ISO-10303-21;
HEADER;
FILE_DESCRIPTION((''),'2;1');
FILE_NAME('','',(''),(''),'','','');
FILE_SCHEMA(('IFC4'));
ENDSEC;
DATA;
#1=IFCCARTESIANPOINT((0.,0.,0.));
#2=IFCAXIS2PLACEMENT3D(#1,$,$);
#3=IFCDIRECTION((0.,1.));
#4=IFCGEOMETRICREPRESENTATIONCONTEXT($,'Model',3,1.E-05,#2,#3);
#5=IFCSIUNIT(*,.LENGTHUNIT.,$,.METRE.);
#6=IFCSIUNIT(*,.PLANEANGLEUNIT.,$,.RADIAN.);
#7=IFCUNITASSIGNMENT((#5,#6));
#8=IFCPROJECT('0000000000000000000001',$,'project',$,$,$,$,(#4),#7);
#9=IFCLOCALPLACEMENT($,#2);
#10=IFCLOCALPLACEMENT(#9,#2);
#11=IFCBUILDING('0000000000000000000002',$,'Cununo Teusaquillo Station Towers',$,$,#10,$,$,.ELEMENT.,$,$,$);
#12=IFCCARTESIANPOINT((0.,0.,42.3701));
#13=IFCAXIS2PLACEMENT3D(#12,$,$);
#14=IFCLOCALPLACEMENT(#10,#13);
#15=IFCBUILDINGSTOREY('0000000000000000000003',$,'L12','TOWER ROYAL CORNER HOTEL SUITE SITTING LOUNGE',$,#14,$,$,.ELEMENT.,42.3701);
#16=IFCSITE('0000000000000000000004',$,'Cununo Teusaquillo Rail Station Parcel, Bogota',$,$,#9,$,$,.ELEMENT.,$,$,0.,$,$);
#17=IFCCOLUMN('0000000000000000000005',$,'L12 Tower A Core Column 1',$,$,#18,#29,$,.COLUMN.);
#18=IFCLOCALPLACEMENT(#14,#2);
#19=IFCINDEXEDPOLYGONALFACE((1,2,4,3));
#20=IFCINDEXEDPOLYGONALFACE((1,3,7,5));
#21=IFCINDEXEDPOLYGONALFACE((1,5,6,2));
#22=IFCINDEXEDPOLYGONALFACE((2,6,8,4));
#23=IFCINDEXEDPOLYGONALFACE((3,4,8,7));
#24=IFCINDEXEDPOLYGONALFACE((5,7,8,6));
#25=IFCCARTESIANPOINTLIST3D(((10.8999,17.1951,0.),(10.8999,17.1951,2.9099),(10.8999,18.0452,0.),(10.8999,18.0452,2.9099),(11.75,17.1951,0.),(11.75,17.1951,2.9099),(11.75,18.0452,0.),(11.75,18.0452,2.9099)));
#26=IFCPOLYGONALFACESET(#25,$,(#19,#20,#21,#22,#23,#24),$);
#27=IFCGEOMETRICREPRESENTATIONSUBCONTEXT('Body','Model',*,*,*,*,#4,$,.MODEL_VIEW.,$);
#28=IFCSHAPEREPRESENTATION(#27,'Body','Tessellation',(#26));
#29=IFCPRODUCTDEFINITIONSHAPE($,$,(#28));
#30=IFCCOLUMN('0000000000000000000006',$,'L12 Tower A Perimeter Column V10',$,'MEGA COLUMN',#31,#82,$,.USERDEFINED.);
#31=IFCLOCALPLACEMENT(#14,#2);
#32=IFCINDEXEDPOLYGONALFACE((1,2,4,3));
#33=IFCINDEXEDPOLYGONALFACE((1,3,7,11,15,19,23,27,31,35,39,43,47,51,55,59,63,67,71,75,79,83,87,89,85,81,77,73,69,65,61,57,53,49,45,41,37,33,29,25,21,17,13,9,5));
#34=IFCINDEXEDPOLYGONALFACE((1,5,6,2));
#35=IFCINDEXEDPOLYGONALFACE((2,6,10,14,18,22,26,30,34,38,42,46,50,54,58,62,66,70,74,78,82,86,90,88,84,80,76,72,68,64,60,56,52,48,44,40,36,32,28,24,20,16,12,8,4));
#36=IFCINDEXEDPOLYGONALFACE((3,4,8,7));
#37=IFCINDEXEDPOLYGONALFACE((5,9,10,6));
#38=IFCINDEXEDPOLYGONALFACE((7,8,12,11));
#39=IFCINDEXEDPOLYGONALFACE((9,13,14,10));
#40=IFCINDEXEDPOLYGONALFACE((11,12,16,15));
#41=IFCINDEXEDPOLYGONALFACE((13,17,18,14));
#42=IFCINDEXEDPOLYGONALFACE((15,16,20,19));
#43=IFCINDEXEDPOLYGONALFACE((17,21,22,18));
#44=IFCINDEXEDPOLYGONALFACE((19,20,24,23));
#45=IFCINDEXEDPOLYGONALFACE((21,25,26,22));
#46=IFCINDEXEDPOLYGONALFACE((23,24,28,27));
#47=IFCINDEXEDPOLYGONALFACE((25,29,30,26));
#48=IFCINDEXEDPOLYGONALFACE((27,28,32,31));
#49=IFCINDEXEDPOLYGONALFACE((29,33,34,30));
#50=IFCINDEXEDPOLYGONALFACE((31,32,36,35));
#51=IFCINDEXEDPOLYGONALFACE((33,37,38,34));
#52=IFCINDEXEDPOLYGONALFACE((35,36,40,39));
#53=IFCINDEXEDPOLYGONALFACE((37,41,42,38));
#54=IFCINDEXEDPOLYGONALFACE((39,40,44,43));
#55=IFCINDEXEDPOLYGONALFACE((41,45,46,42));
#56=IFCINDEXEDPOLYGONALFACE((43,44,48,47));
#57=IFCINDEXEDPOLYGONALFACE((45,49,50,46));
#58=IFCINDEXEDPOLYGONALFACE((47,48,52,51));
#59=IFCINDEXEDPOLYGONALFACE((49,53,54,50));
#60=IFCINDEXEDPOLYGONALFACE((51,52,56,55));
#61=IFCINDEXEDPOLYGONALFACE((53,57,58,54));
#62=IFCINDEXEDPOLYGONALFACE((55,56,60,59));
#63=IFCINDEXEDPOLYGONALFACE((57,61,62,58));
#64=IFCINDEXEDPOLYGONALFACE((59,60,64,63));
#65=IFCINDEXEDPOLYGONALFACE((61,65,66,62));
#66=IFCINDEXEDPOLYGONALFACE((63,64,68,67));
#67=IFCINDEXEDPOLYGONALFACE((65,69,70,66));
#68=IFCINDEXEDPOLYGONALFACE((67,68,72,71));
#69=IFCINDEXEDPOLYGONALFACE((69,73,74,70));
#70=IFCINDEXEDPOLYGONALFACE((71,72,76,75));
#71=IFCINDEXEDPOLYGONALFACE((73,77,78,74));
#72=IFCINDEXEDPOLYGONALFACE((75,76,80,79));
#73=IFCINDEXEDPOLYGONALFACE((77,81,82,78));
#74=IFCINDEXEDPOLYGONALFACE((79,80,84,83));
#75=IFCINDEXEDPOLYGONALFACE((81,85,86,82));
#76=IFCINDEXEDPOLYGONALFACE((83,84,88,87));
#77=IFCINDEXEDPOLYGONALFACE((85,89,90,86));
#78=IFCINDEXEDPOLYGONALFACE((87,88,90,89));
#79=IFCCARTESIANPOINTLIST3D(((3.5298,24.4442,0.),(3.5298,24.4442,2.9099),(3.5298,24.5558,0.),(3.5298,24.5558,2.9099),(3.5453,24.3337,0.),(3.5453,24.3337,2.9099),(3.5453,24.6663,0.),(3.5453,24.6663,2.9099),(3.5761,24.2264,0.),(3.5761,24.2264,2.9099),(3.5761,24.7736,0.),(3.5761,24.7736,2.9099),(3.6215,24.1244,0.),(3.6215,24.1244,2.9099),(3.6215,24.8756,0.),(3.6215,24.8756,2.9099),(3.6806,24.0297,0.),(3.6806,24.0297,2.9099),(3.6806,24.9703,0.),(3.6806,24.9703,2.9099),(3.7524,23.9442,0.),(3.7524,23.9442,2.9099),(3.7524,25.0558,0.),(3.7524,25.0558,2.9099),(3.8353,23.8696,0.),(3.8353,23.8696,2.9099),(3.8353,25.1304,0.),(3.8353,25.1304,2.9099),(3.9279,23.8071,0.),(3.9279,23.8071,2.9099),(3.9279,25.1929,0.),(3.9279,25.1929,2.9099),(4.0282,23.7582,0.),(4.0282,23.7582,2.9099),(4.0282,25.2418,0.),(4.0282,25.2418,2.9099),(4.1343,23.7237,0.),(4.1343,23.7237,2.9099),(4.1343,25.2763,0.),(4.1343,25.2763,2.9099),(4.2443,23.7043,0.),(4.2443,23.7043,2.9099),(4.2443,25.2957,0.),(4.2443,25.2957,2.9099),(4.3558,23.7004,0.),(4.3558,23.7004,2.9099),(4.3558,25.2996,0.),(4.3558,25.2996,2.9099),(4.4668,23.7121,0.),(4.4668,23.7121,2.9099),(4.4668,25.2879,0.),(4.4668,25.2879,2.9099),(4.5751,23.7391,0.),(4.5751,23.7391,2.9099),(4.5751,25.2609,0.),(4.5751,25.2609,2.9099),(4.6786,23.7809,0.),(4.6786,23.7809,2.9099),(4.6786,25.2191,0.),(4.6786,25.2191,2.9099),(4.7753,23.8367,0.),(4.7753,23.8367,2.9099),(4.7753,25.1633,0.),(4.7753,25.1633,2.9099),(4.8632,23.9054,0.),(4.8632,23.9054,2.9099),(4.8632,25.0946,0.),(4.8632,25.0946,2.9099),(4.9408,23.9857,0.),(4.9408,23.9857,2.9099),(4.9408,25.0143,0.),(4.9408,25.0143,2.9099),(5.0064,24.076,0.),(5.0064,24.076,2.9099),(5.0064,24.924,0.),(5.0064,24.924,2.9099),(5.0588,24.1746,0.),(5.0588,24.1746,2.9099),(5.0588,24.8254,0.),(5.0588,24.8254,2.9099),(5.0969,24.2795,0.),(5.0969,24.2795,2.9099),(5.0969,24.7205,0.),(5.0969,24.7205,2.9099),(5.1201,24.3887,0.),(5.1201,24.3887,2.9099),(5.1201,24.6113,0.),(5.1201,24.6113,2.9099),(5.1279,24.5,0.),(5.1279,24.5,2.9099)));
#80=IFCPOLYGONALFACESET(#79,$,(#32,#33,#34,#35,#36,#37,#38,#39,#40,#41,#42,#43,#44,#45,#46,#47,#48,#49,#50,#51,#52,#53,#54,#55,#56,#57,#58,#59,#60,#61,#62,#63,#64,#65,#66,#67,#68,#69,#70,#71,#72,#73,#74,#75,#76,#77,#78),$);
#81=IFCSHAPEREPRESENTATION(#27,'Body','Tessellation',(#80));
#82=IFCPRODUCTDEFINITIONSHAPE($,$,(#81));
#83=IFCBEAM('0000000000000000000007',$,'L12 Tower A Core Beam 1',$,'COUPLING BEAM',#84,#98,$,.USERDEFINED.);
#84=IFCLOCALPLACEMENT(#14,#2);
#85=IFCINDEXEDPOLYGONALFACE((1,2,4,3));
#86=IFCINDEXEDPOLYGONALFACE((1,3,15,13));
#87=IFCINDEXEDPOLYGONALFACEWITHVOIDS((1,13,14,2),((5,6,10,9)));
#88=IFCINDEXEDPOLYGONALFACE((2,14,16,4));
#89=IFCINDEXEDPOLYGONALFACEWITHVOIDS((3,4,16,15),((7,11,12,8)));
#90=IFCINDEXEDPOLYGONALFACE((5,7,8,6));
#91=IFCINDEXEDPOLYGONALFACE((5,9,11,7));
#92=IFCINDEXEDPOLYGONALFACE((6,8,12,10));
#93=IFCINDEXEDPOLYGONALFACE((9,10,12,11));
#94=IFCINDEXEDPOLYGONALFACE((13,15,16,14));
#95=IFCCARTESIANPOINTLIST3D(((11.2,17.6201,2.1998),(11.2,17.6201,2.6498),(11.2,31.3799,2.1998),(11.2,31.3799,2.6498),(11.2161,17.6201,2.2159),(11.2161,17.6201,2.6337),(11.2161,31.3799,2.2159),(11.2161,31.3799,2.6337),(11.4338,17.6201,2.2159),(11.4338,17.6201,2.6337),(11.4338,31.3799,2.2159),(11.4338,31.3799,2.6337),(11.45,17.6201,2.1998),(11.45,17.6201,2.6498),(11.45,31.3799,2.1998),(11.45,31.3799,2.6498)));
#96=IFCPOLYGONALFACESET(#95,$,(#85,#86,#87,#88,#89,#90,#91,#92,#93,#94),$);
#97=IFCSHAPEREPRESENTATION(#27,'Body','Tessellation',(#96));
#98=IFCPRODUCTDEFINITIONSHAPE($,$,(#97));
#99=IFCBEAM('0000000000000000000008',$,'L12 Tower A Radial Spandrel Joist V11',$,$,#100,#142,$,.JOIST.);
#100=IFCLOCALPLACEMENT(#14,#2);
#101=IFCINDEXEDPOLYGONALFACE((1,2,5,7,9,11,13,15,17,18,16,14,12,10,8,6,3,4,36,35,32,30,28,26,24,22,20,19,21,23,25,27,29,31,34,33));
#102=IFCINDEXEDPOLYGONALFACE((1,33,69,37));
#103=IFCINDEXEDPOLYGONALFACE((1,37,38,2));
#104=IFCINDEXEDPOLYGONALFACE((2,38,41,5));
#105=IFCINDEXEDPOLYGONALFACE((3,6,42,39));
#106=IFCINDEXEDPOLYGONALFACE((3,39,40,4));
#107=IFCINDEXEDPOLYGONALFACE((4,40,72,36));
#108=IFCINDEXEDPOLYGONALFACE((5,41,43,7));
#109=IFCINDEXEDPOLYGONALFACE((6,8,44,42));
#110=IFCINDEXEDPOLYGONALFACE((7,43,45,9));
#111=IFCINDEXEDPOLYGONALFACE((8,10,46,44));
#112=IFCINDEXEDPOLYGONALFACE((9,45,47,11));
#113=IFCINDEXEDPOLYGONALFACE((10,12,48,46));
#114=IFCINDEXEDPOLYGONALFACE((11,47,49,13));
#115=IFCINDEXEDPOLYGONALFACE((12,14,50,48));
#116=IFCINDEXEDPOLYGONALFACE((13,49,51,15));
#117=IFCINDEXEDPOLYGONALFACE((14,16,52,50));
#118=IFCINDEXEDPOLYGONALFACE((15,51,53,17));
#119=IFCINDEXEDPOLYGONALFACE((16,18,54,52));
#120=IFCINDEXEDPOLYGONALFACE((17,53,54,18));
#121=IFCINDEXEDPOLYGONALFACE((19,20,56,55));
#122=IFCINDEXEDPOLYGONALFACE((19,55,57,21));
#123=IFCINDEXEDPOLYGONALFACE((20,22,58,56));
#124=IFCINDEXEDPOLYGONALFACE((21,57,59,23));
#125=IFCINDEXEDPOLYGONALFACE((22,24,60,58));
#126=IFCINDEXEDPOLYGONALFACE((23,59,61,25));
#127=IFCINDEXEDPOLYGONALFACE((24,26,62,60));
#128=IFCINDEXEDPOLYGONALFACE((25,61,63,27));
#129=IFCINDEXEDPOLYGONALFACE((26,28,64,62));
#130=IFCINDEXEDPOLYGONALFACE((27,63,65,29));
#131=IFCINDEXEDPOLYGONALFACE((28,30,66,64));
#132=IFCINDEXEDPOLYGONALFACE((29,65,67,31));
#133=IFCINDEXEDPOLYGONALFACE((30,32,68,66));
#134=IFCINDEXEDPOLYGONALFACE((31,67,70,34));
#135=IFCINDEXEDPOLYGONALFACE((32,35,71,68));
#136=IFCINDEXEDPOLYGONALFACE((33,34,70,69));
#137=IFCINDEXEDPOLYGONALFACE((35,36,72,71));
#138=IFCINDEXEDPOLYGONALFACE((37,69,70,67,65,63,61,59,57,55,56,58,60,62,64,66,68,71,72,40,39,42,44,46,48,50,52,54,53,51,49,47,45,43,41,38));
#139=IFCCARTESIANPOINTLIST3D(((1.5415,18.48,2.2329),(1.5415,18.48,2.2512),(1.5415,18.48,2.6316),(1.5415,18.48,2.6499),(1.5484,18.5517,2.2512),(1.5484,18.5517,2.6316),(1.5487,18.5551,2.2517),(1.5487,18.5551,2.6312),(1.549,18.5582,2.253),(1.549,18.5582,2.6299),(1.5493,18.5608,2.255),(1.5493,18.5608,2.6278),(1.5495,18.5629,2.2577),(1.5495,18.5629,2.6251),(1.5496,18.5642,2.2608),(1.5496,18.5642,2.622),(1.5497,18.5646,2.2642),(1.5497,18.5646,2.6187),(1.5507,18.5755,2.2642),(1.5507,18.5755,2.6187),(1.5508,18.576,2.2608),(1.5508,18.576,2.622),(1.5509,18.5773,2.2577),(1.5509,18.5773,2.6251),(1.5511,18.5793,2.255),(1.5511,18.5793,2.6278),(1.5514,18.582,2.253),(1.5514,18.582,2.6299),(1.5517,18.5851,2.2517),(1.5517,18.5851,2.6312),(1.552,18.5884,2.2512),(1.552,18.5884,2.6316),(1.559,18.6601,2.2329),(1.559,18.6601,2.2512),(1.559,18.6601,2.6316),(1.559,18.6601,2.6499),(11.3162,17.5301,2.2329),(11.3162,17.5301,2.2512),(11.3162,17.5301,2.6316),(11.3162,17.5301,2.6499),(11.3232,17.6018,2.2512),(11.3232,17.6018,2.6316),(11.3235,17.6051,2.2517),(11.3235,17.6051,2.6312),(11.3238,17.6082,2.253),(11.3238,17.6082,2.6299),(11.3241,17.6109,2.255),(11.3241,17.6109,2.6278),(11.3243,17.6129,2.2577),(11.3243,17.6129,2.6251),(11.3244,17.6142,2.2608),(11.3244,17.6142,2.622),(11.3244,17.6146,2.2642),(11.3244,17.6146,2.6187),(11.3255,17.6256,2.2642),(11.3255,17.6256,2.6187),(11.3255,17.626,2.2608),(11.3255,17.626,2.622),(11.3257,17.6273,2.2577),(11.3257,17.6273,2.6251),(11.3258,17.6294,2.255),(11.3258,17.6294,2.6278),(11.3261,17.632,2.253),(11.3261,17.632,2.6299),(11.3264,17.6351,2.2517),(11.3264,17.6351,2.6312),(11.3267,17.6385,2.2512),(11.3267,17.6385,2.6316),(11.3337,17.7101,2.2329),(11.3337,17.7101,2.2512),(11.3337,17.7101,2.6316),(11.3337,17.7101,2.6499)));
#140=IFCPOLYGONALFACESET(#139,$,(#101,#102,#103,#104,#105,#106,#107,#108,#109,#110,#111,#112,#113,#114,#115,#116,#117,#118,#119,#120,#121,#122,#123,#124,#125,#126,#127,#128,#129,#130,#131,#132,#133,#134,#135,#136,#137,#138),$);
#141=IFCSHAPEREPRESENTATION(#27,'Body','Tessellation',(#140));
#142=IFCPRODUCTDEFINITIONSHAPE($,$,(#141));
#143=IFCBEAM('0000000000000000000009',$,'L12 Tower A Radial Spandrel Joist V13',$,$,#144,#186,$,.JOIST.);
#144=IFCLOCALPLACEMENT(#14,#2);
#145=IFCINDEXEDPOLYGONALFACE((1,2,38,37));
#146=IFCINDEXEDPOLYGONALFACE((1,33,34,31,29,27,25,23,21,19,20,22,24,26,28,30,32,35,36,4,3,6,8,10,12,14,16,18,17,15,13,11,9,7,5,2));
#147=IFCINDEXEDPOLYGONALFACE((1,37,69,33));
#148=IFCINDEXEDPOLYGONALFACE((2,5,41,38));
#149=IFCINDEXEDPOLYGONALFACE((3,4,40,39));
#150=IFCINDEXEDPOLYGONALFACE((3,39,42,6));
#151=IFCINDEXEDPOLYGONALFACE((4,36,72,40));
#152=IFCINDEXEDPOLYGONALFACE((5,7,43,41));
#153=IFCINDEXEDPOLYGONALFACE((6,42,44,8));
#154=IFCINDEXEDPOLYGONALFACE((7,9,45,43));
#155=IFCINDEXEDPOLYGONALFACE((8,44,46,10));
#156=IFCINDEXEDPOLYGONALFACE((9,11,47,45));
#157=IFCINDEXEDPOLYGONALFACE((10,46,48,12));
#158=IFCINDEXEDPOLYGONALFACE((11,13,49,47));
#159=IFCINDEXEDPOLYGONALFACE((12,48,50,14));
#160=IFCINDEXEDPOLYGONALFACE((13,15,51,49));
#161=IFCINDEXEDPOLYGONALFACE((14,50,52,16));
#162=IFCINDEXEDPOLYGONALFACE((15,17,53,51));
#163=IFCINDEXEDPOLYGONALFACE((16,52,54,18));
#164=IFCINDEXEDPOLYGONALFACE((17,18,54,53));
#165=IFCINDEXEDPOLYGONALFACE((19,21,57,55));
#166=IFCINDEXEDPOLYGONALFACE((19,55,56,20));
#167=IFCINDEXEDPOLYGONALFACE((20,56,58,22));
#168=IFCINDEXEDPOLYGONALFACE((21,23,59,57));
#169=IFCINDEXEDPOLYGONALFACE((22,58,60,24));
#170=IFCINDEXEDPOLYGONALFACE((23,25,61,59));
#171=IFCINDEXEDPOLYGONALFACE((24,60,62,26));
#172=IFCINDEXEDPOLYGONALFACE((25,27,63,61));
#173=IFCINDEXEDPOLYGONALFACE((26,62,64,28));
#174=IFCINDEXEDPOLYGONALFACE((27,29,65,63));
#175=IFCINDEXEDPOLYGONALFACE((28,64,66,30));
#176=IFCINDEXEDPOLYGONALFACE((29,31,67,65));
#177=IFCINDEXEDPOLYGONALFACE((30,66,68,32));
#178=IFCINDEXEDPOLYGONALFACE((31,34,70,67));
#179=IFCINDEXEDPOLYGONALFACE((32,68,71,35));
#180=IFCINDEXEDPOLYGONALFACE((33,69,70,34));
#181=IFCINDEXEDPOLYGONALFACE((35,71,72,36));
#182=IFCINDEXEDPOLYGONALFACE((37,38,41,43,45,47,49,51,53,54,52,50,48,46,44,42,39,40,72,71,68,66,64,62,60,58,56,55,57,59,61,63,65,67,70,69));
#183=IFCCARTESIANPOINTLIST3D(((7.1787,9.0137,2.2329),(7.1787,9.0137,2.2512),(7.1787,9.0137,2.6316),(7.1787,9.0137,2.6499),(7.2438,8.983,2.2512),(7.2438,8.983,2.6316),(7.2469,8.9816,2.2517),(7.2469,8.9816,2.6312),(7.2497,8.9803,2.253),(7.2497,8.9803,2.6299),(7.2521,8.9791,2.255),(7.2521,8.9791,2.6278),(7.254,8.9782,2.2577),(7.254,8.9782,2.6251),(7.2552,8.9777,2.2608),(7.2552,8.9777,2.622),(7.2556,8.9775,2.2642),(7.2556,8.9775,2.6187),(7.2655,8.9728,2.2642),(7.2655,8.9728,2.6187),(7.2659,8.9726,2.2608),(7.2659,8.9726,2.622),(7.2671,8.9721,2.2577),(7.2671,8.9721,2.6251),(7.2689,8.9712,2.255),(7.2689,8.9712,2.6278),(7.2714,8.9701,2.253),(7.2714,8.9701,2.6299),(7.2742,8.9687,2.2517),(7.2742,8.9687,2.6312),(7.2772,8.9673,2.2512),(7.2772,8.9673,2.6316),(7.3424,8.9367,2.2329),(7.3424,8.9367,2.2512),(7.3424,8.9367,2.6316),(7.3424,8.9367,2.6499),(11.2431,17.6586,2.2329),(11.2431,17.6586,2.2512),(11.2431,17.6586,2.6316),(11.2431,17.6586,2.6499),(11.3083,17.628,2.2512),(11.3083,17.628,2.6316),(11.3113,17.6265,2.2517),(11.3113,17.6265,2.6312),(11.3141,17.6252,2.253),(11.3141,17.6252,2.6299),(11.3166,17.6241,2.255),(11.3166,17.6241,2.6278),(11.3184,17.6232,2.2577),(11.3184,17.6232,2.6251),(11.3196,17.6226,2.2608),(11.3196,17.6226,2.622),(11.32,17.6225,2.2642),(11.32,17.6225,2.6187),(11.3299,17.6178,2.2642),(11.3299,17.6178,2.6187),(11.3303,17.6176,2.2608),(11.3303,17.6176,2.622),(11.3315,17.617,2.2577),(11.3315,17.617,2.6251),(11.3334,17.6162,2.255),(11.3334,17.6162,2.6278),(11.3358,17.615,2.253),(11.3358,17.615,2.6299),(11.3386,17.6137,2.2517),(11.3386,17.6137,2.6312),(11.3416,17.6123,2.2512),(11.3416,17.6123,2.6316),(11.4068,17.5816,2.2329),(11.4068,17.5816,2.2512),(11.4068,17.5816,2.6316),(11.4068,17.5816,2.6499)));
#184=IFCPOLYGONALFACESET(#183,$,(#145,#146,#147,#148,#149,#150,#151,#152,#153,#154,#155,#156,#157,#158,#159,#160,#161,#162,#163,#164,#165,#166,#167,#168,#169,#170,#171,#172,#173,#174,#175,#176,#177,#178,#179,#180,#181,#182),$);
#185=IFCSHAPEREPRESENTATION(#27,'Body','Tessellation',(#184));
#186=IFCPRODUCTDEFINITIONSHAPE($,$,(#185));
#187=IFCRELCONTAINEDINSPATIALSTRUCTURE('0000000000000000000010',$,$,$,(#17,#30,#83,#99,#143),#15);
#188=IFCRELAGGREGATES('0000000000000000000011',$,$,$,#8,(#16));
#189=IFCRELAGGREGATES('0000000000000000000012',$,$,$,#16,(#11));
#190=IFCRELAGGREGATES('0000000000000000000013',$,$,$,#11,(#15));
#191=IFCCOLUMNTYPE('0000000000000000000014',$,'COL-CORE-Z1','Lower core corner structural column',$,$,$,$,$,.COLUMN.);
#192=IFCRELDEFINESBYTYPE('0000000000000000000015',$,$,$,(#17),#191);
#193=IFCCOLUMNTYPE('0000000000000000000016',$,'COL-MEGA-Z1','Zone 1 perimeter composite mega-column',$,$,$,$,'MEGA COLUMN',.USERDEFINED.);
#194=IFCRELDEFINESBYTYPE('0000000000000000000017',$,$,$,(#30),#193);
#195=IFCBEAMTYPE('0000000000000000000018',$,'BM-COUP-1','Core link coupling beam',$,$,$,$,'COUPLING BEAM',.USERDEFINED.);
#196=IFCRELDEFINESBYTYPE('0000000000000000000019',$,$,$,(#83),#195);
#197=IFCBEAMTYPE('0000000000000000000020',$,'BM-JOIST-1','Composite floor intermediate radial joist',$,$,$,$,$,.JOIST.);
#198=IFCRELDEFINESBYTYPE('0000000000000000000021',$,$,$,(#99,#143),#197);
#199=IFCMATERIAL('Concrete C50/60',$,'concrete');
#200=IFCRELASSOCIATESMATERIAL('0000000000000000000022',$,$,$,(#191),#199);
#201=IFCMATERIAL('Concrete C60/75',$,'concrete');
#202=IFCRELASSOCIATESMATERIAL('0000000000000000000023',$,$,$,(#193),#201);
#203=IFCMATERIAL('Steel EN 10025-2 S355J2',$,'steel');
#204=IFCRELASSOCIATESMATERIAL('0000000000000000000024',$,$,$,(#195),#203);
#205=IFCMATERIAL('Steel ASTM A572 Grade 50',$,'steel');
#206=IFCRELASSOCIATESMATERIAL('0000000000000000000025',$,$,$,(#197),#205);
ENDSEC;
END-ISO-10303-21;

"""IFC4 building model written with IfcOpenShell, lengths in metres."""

from ifc_helpers import new_model, si_unit, direction, frame, origin, origin_2d, place, context, subcontext, project, spatial, rectangle, hollow_rectangle, circle, i_section, extrude, material, material_profile, profile_set, type_object, element, save


model = new_model("IFC4")

# Units and contexts
model_context = context("Model", 3, precision=1e-05, world=origin(), true_north=direction((0.0, 1.0)))
body_context = subcontext(model_context, "Body", "Model", "MODEL_VIEW")
ifc_project = project(units=[si_unit("LENGTHUNIT", "METRE"), si_unit("PLANEANGLEUNIT", "RADIAN")], contexts=[model_context])

# Site, building, storey
site_placement = place(None, origin())
site = spatial("IfcSite", under=ifc_project, at=site_placement, Name="Cununo Teusaquillo Rail Station Parcel, Bogota", CompositionType="ELEMENT", RefElevation=0.0)
building_placement = place(site_placement, origin())
building = spatial("IfcBuilding", under=site, at=building_placement, Name="Cununo Teusaquillo Station Towers", CompositionType="ELEMENT")
storey_placement = place(building_placement, frame((0.0, 0.0, 42.3701)))
storey = spatial("IfcBuildingStorey", under=building, at=storey_placement, Name="L12", Description="TOWER ROYAL CORNER HOTEL SUITE SITTING LOUNGE", CompositionType="ELEMENT", Elevation=42.3701)

# Columns
ifc_material_1 = material(Name="Concrete C50/60", Category="concrete")
ifc_material_profile_1 = material_profile(ifc_material_1, rectangle(XDim=0.8501, YDim=0.8501, at=origin_2d()), Name="RC-RECT-850x850")
ifc_profile_set_1 = profile_set([ifc_material_profile_1], Name="Concrete C50/60")
column_type_1 = type_object("IfcColumnType", Name="COL-CORE-Z1", Description="Lower core corner structural column", PredefinedType="COLUMN", material=ifc_profile_set_1)
column_1_placement = place(storey_placement, frame((11.325, 17.6201, 0.0), z_axis=(0.0, 0.0, 1.0), x_axis=(1.0, 0.0, 0.0)))
element("IfcColumn", 1, at=column_1_placement, inside=storey, type_object=column_type_1, Name="L12 Tower A Core Column 1", PredefinedType="COLUMN", context=body_context, shape_type="SweptSolid", body=[
    extrude(rectangle(XDim=0.8501, YDim=0.8501, at=origin_2d()), origin(), (0.0, 0.0, 1.0), 2.9099),
])
ifc_material_2 = material(Name="Concrete C60/75", Category="concrete")
ifc_material_profile_2 = material_profile(ifc_material_2, circle(Radius=0.8, at=origin_2d()), Name="RC-CIRC-1600")
ifc_profile_set_2 = profile_set([ifc_material_profile_2], Name="Concrete C60/75")
column_type_2 = type_object("IfcColumnType", Name="COL-MEGA-Z1", Description="Zone 1 perimeter composite mega-column", ElementType="MEGA COLUMN", PredefinedType="USERDEFINED", material=ifc_profile_set_2)
column_2_placement = place(storey_placement, frame((4.3279, 24.5, 0.0), z_axis=(0.0, 0.0, 1.0), x_axis=(1.0, 0.0, 0.0)))
element("IfcColumn", 2, at=column_2_placement, inside=storey, type_object=column_type_2, Name="L12 Tower A Perimeter Column V10", ObjectType="MEGA COLUMN", PredefinedType="USERDEFINED", context=body_context, shape_type="SweptSolid", body=[
    extrude(circle(Radius=0.8, at=origin_2d()), origin(), (0.0, 0.0, 1.0), 2.9099),
])

# Beams
ifc_material_3 = material(Name="Steel EN 10025-2 S355J2", Category="steel")
ifc_material_profile_3 = material_profile(ifc_material_3, hollow_rectangle(XDim=0.25, YDim=0.45, WallThickness=0.0161, at=origin_2d()), Name="RHS 450x250x16")
ifc_profile_set_3 = profile_set([ifc_material_profile_3], Name="Steel EN 10025-2 S355J2")
beam_type_1 = type_object("IfcBeamType", Name="BM-COUP-1", Description="Core link coupling beam", ElementType="COUPLING BEAM", PredefinedType="USERDEFINED", material=ifc_profile_set_3)
beam_1_placement = place(storey_placement, frame((11.325, 17.6201, 2.4248), z_axis=(0.0, 1.0, 0.0), x_axis=(-1.0, 0.0, 0.0)))
element("IfcBeam", 3, at=beam_1_placement, inside=storey, type_object=beam_type_1, Name="L12 Tower A Core Beam 1", ObjectType="COUPLING BEAM", PredefinedType="USERDEFINED", context=body_context, shape_type="SweptSolid", body=[
    extrude(hollow_rectangle(XDim=0.25, YDim=0.45, WallThickness=0.0161, at=origin_2d()), origin(), (0.0, 0.0, 1.0), 13.7598),
])
ifc_material_4 = material(Name="Steel ASTM A572 Grade 50", Category="steel")
ifc_material_profile_4 = material_profile(ifc_material_4, i_section(OverallWidth=0.1809, OverallDepth=0.417, WebThickness=0.011, FlangeThickness=0.0183, FilletRadius=0.0129, at=origin_2d()), Name="W16X57")
ifc_profile_set_4 = profile_set([ifc_material_profile_4], Name="Steel ASTM A572 Grade 50")
beam_type_2 = type_object("IfcBeamType", Name="BM-JOIST-1", Description="Composite floor intermediate radial joist", PredefinedType="JOIST", material=ifc_profile_set_4)
beam_2_placement = place(storey_placement, frame((11.325, 17.6201, 2.4414), z_axis=(-0.995311, 0.096729, 0.0), x_axis=(-0.096729, -0.995311, 0.0)))
element("IfcBeam", 4, at=beam_2_placement, inside=storey, type_object=beam_type_2, Name="L12 Tower A Radial Spandrel Joist V11", PredefinedType="JOIST", context=body_context, shape_type="SweptSolid", body=[
    extrude(i_section(OverallWidth=0.1809, OverallDepth=0.417, WebThickness=0.011, FlangeThickness=0.0183, FilletRadius=0.0129, at=origin_2d()), origin(), (0.0, 0.0, 1.0), 9.8208),
])
beam_3_placement = place(storey_placement, frame((11.325, 17.6201, 2.4414), z_axis=(-0.425472, -0.904972, 0.0), x_axis=(0.904972, -0.425472, 0.0)))
element("IfcBeam", 5, at=beam_3_placement, inside=storey, type_object=beam_type_2, Name="L12 Tower A Radial Spandrel Joist V13", PredefinedType="JOIST", context=body_context, shape_type="SweptSolid", body=[
    extrude(i_section(OverallWidth=0.1809, OverallDepth=0.417, WebThickness=0.011, FlangeThickness=0.0183, FilletRadius=0.0129, at=origin_2d()), origin(), (0.0, 0.0, 1.0), 9.5527),
])

save(model, "model.ifc")
